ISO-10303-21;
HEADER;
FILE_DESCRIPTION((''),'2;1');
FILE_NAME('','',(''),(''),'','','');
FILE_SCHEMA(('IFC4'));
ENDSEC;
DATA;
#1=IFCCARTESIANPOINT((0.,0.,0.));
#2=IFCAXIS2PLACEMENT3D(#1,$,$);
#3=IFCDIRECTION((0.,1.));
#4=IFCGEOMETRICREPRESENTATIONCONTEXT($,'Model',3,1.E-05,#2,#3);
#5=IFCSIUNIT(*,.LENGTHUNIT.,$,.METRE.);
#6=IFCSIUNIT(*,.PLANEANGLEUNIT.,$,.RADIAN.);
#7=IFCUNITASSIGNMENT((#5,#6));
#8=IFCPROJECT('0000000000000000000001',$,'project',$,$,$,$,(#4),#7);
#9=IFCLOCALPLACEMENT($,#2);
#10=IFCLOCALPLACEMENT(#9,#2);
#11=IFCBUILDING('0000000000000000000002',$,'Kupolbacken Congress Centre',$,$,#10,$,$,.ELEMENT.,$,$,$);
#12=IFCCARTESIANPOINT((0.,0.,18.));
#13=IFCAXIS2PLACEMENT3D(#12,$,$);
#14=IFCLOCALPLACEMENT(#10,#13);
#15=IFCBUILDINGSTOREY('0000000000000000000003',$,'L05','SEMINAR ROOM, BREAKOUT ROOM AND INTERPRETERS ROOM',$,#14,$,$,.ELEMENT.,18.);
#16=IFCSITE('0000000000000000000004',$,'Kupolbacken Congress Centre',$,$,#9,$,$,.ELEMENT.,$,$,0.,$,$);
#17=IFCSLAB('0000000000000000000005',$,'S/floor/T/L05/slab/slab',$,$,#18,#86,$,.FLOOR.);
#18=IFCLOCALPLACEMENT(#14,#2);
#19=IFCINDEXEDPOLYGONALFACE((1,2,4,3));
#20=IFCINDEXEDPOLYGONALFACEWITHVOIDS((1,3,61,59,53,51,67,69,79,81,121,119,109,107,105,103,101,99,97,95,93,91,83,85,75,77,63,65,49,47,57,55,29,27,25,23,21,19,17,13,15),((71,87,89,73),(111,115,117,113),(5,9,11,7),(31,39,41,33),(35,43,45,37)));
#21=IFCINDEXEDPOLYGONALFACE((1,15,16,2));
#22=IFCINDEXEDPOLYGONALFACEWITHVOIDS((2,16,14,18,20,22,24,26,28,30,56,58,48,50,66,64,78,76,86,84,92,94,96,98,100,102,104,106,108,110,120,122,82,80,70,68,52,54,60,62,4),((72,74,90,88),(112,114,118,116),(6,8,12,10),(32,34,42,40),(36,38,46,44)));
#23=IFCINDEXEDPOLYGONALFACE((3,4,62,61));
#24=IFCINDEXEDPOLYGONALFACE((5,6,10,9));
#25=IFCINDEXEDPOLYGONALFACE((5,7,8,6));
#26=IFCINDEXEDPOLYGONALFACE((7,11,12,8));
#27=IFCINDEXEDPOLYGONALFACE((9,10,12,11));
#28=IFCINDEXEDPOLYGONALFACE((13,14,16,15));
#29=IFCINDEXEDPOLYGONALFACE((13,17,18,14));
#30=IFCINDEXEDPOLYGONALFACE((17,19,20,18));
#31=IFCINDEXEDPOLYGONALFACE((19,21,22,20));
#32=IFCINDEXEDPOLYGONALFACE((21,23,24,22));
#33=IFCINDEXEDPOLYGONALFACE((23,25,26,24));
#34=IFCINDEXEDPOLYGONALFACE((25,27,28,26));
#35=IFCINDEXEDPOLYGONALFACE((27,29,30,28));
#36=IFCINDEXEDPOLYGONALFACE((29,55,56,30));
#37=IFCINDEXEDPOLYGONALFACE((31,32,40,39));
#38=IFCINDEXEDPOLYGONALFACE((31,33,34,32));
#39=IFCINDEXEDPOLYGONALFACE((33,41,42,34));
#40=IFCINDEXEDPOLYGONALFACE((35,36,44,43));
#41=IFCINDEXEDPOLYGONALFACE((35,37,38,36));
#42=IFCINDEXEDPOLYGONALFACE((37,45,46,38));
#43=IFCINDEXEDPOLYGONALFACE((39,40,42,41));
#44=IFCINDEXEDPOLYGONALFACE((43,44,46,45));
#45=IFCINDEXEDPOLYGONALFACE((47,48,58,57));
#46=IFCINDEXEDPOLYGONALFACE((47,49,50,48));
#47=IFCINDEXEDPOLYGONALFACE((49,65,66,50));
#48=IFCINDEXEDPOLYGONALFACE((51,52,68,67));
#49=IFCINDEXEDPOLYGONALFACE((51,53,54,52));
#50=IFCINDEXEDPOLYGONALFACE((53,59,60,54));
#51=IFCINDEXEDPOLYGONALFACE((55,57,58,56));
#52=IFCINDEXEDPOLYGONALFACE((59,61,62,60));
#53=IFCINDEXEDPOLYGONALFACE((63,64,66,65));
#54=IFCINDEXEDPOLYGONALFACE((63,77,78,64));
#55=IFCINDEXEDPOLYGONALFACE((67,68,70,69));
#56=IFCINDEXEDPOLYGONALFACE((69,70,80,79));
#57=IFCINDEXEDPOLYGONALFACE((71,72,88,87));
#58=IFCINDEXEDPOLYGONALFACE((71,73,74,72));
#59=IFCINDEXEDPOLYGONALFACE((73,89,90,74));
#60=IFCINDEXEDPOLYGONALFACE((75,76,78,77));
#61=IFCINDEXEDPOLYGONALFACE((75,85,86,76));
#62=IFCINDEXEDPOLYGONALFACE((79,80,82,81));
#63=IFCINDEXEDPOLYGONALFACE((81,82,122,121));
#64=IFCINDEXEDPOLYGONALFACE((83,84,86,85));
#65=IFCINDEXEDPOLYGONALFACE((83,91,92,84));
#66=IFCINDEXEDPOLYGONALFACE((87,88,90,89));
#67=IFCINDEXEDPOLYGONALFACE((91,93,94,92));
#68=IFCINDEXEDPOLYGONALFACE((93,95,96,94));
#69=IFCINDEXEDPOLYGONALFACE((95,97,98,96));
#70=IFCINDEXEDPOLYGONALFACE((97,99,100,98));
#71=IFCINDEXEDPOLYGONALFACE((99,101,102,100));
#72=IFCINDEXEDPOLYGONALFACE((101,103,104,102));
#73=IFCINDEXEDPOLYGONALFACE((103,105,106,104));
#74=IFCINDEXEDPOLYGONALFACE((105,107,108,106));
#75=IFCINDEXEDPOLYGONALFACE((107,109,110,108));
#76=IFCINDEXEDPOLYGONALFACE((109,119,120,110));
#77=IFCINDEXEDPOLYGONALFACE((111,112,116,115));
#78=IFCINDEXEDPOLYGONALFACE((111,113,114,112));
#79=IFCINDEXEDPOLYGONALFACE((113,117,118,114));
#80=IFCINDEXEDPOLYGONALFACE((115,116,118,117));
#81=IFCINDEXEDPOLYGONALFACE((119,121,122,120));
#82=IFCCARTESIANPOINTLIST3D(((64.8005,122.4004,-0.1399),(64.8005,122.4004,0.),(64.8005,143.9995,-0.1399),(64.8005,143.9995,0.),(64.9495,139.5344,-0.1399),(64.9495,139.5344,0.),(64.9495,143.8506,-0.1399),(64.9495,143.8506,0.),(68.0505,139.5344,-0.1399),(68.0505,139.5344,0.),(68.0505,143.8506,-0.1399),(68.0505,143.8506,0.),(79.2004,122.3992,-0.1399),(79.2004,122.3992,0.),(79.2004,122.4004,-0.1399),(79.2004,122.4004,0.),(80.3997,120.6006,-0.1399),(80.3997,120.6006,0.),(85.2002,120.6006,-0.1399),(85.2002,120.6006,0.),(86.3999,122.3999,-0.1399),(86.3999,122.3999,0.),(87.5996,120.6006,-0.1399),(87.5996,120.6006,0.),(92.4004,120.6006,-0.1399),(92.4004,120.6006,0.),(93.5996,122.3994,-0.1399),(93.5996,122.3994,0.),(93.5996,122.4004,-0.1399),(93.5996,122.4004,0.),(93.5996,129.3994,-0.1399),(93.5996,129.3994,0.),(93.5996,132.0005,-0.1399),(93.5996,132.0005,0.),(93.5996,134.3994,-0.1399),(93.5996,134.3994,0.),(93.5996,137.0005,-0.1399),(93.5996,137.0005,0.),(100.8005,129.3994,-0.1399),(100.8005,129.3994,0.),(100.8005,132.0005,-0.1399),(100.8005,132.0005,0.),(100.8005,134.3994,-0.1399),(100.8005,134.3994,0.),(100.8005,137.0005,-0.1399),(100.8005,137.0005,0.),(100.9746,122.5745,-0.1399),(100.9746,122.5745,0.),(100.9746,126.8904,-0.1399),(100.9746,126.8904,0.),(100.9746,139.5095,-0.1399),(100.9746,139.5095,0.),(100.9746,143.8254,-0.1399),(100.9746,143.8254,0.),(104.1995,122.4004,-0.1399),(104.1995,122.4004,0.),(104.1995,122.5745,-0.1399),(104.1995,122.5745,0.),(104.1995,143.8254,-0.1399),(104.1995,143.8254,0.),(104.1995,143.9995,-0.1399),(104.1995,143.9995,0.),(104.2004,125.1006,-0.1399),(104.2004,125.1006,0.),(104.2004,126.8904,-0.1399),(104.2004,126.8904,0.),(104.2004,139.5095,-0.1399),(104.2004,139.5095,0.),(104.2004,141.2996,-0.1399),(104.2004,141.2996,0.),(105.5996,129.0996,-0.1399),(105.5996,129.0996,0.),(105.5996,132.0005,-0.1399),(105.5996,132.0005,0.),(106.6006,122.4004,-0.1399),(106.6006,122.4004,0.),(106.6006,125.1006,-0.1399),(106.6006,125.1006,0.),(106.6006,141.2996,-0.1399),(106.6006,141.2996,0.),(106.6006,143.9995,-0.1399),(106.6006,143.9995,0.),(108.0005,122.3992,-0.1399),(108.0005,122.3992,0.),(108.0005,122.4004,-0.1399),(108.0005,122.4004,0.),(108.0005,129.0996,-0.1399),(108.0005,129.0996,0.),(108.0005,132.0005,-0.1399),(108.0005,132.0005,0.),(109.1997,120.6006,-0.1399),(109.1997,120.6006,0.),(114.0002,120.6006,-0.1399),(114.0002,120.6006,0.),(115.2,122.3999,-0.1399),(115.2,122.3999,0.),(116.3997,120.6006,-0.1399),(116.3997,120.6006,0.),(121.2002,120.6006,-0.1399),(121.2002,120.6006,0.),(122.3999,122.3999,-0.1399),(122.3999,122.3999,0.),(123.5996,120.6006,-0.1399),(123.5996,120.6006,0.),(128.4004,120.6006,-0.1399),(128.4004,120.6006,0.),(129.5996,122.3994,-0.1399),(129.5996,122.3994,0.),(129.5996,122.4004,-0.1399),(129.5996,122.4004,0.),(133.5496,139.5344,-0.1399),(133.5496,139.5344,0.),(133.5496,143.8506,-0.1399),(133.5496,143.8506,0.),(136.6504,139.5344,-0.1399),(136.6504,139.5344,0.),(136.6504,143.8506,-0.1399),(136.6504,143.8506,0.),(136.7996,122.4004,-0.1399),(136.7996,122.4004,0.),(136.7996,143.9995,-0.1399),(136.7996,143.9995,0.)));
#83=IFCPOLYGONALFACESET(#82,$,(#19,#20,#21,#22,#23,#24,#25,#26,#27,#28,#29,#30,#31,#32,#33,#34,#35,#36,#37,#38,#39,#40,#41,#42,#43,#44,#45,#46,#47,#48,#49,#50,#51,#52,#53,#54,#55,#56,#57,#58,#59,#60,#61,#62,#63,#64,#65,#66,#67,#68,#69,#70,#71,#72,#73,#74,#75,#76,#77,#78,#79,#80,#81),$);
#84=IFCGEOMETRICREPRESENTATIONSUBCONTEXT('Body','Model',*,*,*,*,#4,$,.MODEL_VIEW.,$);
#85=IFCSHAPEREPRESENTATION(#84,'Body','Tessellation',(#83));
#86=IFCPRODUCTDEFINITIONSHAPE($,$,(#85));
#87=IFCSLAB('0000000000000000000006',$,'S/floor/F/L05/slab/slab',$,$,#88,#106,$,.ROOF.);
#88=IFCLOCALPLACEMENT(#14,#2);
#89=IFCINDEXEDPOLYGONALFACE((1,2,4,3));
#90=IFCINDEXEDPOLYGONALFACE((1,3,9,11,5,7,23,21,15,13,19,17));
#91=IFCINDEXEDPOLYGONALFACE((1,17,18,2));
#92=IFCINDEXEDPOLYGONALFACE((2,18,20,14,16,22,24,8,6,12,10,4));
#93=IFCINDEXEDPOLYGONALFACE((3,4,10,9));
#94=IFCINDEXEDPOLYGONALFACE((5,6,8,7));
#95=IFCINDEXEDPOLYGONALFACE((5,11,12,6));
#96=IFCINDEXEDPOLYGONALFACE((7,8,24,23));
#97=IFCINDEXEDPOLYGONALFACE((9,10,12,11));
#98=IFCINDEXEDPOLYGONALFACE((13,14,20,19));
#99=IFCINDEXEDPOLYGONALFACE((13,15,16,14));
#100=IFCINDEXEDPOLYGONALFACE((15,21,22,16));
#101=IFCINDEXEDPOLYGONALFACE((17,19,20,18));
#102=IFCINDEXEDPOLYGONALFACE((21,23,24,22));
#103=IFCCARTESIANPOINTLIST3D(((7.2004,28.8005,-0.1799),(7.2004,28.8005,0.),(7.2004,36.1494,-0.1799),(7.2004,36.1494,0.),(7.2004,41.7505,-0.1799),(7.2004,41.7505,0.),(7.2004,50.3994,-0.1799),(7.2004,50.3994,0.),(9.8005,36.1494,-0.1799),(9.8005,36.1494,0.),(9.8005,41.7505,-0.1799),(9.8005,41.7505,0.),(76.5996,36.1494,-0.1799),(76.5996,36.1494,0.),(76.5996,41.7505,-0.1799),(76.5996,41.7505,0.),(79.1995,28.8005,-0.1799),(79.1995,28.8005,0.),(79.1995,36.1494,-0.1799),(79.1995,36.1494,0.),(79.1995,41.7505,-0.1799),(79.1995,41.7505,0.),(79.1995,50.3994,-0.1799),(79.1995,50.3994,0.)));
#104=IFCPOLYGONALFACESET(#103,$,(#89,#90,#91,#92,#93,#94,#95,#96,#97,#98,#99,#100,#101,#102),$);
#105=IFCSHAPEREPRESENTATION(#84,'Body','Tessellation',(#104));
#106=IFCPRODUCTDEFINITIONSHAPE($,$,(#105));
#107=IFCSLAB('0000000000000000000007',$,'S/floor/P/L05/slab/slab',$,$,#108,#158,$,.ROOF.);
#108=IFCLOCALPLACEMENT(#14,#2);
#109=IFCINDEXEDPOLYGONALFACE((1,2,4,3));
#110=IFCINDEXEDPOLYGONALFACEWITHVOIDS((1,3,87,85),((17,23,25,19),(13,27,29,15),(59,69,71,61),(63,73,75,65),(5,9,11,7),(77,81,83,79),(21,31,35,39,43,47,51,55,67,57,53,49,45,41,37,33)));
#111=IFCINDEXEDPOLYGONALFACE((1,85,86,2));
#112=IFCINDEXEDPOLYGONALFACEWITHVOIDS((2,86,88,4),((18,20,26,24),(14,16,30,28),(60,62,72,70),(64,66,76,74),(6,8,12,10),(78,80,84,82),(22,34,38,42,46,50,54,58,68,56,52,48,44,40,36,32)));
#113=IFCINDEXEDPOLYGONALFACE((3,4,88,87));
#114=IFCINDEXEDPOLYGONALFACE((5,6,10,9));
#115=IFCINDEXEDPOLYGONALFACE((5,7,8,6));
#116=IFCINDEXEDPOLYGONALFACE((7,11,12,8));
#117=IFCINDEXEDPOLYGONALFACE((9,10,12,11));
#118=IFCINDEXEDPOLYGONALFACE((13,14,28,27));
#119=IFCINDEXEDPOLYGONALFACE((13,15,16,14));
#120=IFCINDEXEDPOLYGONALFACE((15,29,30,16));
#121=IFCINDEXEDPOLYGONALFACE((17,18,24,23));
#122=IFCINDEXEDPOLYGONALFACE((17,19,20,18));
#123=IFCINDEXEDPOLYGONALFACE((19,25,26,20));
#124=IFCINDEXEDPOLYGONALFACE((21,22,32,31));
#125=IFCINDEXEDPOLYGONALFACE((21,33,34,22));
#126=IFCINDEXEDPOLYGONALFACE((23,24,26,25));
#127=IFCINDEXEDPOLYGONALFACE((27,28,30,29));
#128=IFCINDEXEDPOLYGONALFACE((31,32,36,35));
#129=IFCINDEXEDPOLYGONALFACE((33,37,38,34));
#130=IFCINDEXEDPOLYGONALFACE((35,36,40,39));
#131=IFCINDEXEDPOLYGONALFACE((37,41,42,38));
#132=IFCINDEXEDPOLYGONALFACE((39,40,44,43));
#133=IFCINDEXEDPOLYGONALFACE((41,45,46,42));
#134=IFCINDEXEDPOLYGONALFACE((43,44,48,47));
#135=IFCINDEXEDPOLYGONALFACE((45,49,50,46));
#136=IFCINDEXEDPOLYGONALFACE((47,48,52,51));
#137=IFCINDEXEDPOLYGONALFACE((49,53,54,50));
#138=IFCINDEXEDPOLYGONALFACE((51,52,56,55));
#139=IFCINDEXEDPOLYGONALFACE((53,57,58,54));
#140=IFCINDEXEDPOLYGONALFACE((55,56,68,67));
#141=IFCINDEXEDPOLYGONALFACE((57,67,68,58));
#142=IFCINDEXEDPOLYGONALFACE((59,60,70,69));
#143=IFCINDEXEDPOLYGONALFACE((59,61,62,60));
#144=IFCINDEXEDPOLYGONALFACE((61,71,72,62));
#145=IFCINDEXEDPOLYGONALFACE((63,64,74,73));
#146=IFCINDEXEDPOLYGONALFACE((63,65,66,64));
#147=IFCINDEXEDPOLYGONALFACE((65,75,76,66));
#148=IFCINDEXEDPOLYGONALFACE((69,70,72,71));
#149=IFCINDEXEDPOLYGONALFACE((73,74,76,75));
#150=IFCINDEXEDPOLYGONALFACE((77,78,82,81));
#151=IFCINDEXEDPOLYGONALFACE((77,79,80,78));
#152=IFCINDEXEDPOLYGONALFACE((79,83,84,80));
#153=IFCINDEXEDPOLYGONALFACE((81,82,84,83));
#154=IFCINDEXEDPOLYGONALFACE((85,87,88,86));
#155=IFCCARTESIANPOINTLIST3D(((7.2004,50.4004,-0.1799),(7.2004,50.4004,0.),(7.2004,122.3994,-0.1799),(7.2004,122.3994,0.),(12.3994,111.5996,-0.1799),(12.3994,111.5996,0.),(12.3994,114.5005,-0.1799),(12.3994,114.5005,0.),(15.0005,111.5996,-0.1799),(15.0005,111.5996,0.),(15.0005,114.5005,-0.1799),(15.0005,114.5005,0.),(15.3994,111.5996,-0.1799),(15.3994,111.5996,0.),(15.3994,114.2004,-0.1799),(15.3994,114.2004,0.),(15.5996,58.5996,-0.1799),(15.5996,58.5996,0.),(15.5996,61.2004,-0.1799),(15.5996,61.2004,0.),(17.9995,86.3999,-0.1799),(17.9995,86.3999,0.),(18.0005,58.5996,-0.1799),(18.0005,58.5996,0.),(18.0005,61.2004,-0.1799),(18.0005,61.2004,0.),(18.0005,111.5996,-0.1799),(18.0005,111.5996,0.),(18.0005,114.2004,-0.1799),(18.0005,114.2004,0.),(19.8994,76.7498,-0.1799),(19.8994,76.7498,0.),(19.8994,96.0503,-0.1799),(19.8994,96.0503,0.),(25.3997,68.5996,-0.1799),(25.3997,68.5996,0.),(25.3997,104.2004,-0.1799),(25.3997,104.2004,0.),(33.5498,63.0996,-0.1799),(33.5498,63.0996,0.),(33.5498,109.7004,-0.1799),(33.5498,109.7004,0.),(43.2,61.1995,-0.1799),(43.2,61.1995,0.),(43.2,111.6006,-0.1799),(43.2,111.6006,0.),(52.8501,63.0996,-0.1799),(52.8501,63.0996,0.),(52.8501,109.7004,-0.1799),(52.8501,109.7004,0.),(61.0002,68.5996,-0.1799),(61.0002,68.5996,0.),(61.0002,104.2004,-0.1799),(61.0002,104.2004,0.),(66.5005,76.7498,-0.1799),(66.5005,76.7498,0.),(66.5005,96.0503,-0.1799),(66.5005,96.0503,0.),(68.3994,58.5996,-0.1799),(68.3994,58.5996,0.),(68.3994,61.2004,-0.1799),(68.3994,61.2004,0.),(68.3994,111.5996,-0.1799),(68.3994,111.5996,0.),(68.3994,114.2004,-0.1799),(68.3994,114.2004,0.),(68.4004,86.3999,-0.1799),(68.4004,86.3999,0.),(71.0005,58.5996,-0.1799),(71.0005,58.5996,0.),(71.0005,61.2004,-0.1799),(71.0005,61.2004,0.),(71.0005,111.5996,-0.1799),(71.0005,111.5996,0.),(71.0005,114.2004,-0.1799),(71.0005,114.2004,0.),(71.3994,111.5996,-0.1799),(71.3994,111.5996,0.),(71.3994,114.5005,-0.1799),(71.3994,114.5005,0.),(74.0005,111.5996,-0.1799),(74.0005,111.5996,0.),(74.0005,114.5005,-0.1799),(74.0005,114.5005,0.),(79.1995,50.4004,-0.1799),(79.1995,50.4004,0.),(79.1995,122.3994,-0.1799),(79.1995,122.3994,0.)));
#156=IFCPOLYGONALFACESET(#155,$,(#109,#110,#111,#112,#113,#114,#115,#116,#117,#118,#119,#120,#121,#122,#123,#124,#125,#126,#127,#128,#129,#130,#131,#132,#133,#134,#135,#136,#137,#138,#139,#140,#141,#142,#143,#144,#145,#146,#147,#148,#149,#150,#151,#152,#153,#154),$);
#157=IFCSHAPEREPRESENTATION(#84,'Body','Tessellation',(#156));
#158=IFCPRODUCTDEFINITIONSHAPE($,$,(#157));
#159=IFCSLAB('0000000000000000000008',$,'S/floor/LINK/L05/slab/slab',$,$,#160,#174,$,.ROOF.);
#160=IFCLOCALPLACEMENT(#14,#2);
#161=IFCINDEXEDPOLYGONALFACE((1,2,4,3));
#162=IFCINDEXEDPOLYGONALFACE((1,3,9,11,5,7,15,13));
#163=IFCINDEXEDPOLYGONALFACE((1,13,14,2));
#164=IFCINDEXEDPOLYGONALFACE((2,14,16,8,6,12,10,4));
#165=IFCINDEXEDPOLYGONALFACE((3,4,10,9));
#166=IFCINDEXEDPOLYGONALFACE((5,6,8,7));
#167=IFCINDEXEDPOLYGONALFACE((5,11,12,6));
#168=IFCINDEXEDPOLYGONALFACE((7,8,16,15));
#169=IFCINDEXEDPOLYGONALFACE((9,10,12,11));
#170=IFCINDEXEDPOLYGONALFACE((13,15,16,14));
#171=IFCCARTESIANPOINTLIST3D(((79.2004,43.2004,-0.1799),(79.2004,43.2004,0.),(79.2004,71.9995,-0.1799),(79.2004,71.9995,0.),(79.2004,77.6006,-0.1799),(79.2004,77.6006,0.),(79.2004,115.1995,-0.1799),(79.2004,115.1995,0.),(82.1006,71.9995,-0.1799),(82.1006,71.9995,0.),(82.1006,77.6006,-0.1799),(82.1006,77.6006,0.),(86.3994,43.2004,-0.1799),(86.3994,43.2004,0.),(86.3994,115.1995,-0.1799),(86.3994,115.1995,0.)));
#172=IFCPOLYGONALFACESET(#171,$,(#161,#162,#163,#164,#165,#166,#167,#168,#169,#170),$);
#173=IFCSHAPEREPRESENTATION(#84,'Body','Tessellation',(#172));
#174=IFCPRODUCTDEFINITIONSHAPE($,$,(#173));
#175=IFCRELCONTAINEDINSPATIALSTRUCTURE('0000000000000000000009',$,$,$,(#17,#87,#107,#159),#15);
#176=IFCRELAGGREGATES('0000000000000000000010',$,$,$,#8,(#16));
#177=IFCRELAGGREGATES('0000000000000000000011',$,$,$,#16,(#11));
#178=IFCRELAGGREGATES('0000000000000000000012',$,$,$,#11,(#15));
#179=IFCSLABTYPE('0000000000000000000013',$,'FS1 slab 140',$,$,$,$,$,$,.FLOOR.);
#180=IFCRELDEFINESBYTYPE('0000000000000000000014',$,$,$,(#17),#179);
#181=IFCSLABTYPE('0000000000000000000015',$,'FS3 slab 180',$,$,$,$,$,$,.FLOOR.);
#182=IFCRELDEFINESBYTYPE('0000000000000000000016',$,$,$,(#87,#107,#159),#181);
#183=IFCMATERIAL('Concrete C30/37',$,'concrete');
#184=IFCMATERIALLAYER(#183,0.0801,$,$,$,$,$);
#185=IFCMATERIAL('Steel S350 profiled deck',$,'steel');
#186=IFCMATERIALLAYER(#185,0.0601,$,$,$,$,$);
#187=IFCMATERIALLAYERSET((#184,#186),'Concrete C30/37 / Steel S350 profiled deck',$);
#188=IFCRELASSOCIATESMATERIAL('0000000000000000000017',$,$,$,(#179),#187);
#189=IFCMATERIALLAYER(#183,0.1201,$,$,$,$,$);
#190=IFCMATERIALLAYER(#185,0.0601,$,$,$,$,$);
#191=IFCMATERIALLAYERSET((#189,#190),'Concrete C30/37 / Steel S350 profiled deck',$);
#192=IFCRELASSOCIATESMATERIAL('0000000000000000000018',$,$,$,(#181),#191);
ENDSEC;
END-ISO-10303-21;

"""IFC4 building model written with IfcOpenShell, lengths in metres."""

from ifc_helpers import new_model, si_unit, direction, frame, origin, place, context, subcontext, project, spatial, polyline, outline, extrude, material, layer, layer_set, type_object, element, save


model = new_model("IFC4")

# Units and contexts
model_context = context("Model", 3, precision=1e-05, world=origin(), true_north=direction((0.0, 1.0)))
body_context = subcontext(model_context, "Body", "Model", "MODEL_VIEW")
ifc_project = project(units=[si_unit("LENGTHUNIT", "METRE"), si_unit("PLANEANGLEUNIT", "RADIAN")], contexts=[model_context])

# Site, building, storey
site_placement = place(None, origin())
site = spatial("IfcSite", under=ifc_project, at=site_placement, Name="Kupolbacken Congress Centre", CompositionType="ELEMENT", RefElevation=0.0)
building_placement = place(site_placement, origin())
building = spatial("IfcBuilding", under=site, at=building_placement, Name="Kupolbacken Congress Centre", CompositionType="ELEMENT")
storey_placement = place(building_placement, frame((0.0, 0.0, 18.0)))
storey = spatial("IfcBuildingStorey", under=building, at=storey_placement, Name="L05", Description="SEMINAR ROOM, BREAKOUT ROOM AND INTERPRETERS ROOM", CompositionType="ELEMENT", Elevation=18.0)

# Slabs
ifc_material_1 = material(Name="Concrete C30/37", Category="concrete")
ifc_layer_1 = layer(ifc_material_1, 0.0801)
ifc_material_2 = material(Name="Steel S350 profiled deck", Category="steel")
ifc_layer_2 = layer(ifc_material_2, 0.0601)
ifc_layer_set_1 = layer_set([ifc_layer_1, ifc_layer_2], Name="Concrete C30/37 / Steel S350 profiled deck")
slab_type_1 = type_object("IfcSlabType", Name="FS1 slab 140", PredefinedType="FLOOR", material=ifc_layer_set_1)
slab_1_placement = place(storey_placement, frame((0.0, 0.0, -0.1399)))
element("IfcSlab", 1, at=slab_1_placement, inside=storey, type_object=slab_type_1, Name="S/floor/T/L05/slab/slab", PredefinedType="FLOOR", context=body_context, shape_type="SweptSolid", body=[
    extrude(outline(polyline([(79.2004, 122.3992), (80.3997, 120.6006), (85.2002, 120.6006), (86.3999, 122.3999), (87.5996, 120.6006), (92.4004, 120.6006), (93.5996, 122.3994), (93.5996, 122.4004), (104.1995, 122.4004), (104.1995, 122.5745), (100.9746, 122.5745), (100.9746, 126.8904), (104.2004, 126.8904), (104.2004, 125.1006), (106.6006, 125.1006), (106.6006, 122.4004), (108.0005, 122.4004), (108.0005, 122.3992), (109.1997, 120.6006), (114.0002, 120.6006), (115.2, 122.3999), (116.3997, 120.6006), (121.2002, 120.6006), (122.3999, 122.3999), (123.5996, 120.6006), (128.4004, 120.6006), (129.5996, 122.3994), (129.5996, 122.4004), (136.7996, 122.4004), (136.7996, 143.9995), (106.6006, 143.9995), (106.6006, 141.2996), (104.2004, 141.2996), (104.2004, 139.5095), (100.9746, 139.5095), (100.9746, 143.8254), (104.1995, 143.8254), (104.1995, 143.9995), (64.8005, 143.9995), (64.8005, 122.4004), (79.2004, 122.4004), (79.2004, 122.3992)]), holes=[polyline([(136.6504, 139.5344), (133.5496, 139.5344), (133.5496, 143.8506), (136.6504, 143.8506), (136.6504, 139.5344)]), polyline([(108.0005, 129.0996), (105.5996, 129.0996), (105.5996, 132.0005), (108.0005, 132.0005), (108.0005, 129.0996)]), polyline([(93.5996, 132.0005), (100.8005, 132.0005), (100.8005, 129.3994), (93.5996, 129.3994), (93.5996, 132.0005)]), polyline([(93.5996, 137.0005), (100.8005, 137.0005), (100.8005, 134.3994), (93.5996, 134.3994), (93.5996, 137.0005)]), polyline([(68.0505, 143.8506), (68.0505, 139.5344), (64.9495, 139.5344), (64.9495, 143.8506), (68.0505, 143.8506)])]), origin(), (0.0, 0.0, 1.0), 0.1399),
])
ifc_layer_3 = layer(ifc_material_1, 0.1201)
ifc_layer_4 = layer(ifc_material_2, 0.0601)
ifc_layer_set_2 = layer_set([ifc_layer_3, ifc_layer_4], Name="Concrete C30/37 / Steel S350 profiled deck")
slab_type_2 = type_object("IfcSlabType", Name="FS3 slab 180", PredefinedType="FLOOR", material=ifc_layer_set_2)
slab_2_placement = place(storey_placement, frame((0.0, 0.0, -0.1799)))
element("IfcSlab", 2, at=slab_2_placement, inside=storey, type_object=slab_type_2, Name="S/floor/F/L05/slab/slab", PredefinedType="ROOF", context=body_context, shape_type="SweptSolid", body=[
    extrude(outline(polyline([(79.1995, 28.8005), (79.1995, 36.1494), (76.5996, 36.1494), (76.5996, 41.7505), (79.1995, 41.7505), (79.1995, 50.3994), (7.2004, 50.3994), (7.2004, 41.7505), (9.8005, 41.7505), (9.8005, 36.1494), (7.2004, 36.1494), (7.2004, 28.8005), (79.1995, 28.8005)])), origin(), (0.0, 0.0, 1.0), 0.1799),
])
slab_3_placement = place(storey_placement, frame((0.0, 0.0, -0.1799)))
element("IfcSlab", 3, at=slab_3_placement, inside=storey, type_object=slab_type_2, Name="S/floor/P/L05/slab/slab", PredefinedType="ROOF", context=body_context, shape_type="SweptSolid", body=[
    extrude(outline(polyline([(7.2004, 50.4004), (79.1995, 50.4004), (79.1995, 122.3994), (7.2004, 122.3994), (7.2004, 50.4004)]), holes=[polyline([(74.0005, 114.5005), (74.0005, 111.5996), (71.3994, 111.5996), (71.3994, 114.5005), (74.0005, 114.5005)]), polyline([(71.0005, 61.2004), (71.0005, 58.5996), (68.3994, 58.5996), (68.3994, 61.2004), (71.0005, 61.2004)]), polyline([(68.3994, 114.2004), (71.0005, 114.2004), (71.0005, 111.5996), (68.3994, 111.5996), (68.3994, 114.2004)]), polyline([(61.0002, 68.5996), (52.8501, 63.0996), (43.2, 61.1995), (33.5498, 63.0996), (25.3997, 68.5996), (19.8994, 76.7498), (17.9995, 86.3999), (19.8994, 96.0503), (25.3997, 104.2004), (33.5498, 109.7004), (43.2, 111.6006), (52.8501, 109.7004), (61.0002, 104.2004), (66.5005, 96.0503), (68.4004, 86.3999), (66.5005, 76.7498), (61.0002, 68.5996)]), polyline([(18.0005, 114.2004), (18.0005, 111.5996), (15.3994, 111.5996), (15.3994, 114.2004), (18.0005, 114.2004)]), polyline([(15.5996, 58.5996), (15.5996, 61.2004), (18.0005, 61.2004), (18.0005, 58.5996), (15.5996, 58.5996)]), polyline([(15.0005, 114.5005), (15.0005, 111.5996), (12.3994, 111.5996), (12.3994, 114.5005), (15.0005, 114.5005)])]), origin(), (0.0, 0.0, 1.0), 0.1799),
])
slab_4_placement = place(storey_placement, frame((0.0, 0.0, -0.1799)))
element("IfcSlab", 4, at=slab_4_placement, inside=storey, type_object=slab_type_2, Name="S/floor/LINK/L05/slab/slab", PredefinedType="ROOF", context=body_context, shape_type="SweptSolid", body=[
    extrude(outline(polyline([(86.3994, 43.2004), (86.3994, 115.1995), (79.2004, 115.1995), (79.2004, 77.6006), (82.1006, 77.6006), (82.1006, 71.9995), (79.2004, 71.9995), (79.2004, 43.2004), (86.3994, 43.2004)])), origin(), (0.0, 0.0, 1.0), 0.1799),
])

save(model, "model.ifc")
